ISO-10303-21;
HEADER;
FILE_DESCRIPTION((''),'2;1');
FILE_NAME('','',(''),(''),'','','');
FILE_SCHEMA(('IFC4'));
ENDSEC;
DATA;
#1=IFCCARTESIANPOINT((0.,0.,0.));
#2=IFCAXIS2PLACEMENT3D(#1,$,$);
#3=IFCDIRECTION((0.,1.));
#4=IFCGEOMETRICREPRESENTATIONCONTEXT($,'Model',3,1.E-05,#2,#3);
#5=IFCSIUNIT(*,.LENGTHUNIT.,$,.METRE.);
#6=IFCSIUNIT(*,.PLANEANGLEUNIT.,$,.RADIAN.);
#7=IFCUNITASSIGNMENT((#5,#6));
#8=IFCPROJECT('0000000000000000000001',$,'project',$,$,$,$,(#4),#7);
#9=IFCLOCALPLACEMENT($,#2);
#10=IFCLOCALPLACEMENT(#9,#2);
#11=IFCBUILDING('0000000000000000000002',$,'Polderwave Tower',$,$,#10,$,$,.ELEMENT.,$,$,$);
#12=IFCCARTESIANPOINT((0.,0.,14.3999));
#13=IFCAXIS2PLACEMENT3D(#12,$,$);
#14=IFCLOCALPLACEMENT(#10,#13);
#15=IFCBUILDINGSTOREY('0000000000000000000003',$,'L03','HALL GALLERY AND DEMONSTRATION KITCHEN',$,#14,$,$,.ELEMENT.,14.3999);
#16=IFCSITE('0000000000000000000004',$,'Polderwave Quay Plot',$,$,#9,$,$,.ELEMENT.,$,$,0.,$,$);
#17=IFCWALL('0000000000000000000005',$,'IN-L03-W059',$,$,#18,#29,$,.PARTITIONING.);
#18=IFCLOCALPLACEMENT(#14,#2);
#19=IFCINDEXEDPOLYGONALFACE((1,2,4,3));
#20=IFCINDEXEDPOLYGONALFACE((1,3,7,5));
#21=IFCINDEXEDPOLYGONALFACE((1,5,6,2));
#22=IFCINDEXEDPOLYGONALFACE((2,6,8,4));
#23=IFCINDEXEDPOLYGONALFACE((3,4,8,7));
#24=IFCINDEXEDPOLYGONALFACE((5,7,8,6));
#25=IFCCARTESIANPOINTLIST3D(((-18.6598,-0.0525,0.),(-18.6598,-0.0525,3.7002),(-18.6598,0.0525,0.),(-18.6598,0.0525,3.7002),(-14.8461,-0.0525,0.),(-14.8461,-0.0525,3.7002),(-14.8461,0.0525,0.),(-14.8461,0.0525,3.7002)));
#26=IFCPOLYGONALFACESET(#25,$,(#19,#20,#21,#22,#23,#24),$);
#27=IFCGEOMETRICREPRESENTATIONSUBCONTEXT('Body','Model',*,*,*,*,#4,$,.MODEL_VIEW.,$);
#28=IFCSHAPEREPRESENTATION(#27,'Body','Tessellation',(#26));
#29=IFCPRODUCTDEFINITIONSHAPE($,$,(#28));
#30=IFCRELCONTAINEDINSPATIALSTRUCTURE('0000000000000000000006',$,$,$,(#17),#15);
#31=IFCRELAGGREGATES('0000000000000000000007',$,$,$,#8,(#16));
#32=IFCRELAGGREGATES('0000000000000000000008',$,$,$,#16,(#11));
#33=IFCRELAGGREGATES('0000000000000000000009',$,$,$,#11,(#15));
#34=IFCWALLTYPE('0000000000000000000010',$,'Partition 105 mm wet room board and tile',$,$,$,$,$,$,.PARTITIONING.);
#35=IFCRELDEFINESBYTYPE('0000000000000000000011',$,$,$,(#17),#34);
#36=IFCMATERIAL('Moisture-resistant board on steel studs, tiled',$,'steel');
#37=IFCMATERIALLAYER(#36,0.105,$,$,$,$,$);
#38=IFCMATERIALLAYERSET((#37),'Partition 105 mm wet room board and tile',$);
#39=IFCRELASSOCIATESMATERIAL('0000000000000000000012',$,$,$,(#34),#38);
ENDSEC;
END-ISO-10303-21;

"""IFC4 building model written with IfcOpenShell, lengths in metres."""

from ifc_helpers import new_model, si_unit, direction, frame, frame_2d, origin, place, context, subcontext, project, spatial, rectangle, extrude, material, layer, layer_set, type_object, element, save


model = new_model("IFC4")

# Units and contexts
model_context = context("Model", 3, precision=1e-05, world=origin(), true_north=direction((0.0, 1.0)))
body_context = subcontext(model_context, "Body", "Model", "MODEL_VIEW")
ifc_project = project(units=[si_unit("LENGTHUNIT", "METRE"), si_unit("PLANEANGLEUNIT", "RADIAN")], contexts=[model_context])

# Site, building, storey
site_placement = place(None, origin())
site = spatial("IfcSite", under=ifc_project, at=site_placement, Name="Polderwave Quay Plot", CompositionType="ELEMENT", RefElevation=0.0)
building_placement = place(site_placement, origin())
building = spatial("IfcBuilding", under=site, at=building_placement, Name="Polderwave Tower", CompositionType="ELEMENT")
storey_placement = place(building_placement, frame((0.0, 0.0, 14.3999)))
storey = spatial("IfcBuildingStorey", under=building, at=storey_placement, Name="L03", Description="HALL GALLERY AND DEMONSTRATION KITCHEN", CompositionType="ELEMENT", Elevation=14.3999)

# Shared definitions
ifc_material_1 = material(Name="Moisture-resistant board on steel studs, tiled", Category="steel")
ifc_layer_1 = layer(ifc_material_1, 0.105)
ifc_layer_set_1 = layer_set([ifc_layer_1], Name="Partition 105 mm wet room board and tile")
wall_type_1 = type_object("IfcWallType", Name="Partition 105 mm wet room board and tile", PredefinedType="PARTITIONING", material=ifc_layer_set_1)

# Wall
wall_1_placement = place(storey_placement, frame((-14.8462, 0.0, 0.0), z_axis=(0.0, 0.0, 1.0), x_axis=(-1.0, 0.0, 0.0)))
element("IfcWall", 1, at=wall_1_placement, inside=storey, type_object=wall_type_1, Name="IN-L03-W059", PredefinedType="PARTITIONING", context=body_context, shape_type="SweptSolid", body=[
    extrude(rectangle(XDim=3.8137, YDim=0.105, at=frame_2d((1.9067, 0.0))), origin(), (0.0, 0.0, 1.0), 3.7002),
])

save(model, "model.ifc")
